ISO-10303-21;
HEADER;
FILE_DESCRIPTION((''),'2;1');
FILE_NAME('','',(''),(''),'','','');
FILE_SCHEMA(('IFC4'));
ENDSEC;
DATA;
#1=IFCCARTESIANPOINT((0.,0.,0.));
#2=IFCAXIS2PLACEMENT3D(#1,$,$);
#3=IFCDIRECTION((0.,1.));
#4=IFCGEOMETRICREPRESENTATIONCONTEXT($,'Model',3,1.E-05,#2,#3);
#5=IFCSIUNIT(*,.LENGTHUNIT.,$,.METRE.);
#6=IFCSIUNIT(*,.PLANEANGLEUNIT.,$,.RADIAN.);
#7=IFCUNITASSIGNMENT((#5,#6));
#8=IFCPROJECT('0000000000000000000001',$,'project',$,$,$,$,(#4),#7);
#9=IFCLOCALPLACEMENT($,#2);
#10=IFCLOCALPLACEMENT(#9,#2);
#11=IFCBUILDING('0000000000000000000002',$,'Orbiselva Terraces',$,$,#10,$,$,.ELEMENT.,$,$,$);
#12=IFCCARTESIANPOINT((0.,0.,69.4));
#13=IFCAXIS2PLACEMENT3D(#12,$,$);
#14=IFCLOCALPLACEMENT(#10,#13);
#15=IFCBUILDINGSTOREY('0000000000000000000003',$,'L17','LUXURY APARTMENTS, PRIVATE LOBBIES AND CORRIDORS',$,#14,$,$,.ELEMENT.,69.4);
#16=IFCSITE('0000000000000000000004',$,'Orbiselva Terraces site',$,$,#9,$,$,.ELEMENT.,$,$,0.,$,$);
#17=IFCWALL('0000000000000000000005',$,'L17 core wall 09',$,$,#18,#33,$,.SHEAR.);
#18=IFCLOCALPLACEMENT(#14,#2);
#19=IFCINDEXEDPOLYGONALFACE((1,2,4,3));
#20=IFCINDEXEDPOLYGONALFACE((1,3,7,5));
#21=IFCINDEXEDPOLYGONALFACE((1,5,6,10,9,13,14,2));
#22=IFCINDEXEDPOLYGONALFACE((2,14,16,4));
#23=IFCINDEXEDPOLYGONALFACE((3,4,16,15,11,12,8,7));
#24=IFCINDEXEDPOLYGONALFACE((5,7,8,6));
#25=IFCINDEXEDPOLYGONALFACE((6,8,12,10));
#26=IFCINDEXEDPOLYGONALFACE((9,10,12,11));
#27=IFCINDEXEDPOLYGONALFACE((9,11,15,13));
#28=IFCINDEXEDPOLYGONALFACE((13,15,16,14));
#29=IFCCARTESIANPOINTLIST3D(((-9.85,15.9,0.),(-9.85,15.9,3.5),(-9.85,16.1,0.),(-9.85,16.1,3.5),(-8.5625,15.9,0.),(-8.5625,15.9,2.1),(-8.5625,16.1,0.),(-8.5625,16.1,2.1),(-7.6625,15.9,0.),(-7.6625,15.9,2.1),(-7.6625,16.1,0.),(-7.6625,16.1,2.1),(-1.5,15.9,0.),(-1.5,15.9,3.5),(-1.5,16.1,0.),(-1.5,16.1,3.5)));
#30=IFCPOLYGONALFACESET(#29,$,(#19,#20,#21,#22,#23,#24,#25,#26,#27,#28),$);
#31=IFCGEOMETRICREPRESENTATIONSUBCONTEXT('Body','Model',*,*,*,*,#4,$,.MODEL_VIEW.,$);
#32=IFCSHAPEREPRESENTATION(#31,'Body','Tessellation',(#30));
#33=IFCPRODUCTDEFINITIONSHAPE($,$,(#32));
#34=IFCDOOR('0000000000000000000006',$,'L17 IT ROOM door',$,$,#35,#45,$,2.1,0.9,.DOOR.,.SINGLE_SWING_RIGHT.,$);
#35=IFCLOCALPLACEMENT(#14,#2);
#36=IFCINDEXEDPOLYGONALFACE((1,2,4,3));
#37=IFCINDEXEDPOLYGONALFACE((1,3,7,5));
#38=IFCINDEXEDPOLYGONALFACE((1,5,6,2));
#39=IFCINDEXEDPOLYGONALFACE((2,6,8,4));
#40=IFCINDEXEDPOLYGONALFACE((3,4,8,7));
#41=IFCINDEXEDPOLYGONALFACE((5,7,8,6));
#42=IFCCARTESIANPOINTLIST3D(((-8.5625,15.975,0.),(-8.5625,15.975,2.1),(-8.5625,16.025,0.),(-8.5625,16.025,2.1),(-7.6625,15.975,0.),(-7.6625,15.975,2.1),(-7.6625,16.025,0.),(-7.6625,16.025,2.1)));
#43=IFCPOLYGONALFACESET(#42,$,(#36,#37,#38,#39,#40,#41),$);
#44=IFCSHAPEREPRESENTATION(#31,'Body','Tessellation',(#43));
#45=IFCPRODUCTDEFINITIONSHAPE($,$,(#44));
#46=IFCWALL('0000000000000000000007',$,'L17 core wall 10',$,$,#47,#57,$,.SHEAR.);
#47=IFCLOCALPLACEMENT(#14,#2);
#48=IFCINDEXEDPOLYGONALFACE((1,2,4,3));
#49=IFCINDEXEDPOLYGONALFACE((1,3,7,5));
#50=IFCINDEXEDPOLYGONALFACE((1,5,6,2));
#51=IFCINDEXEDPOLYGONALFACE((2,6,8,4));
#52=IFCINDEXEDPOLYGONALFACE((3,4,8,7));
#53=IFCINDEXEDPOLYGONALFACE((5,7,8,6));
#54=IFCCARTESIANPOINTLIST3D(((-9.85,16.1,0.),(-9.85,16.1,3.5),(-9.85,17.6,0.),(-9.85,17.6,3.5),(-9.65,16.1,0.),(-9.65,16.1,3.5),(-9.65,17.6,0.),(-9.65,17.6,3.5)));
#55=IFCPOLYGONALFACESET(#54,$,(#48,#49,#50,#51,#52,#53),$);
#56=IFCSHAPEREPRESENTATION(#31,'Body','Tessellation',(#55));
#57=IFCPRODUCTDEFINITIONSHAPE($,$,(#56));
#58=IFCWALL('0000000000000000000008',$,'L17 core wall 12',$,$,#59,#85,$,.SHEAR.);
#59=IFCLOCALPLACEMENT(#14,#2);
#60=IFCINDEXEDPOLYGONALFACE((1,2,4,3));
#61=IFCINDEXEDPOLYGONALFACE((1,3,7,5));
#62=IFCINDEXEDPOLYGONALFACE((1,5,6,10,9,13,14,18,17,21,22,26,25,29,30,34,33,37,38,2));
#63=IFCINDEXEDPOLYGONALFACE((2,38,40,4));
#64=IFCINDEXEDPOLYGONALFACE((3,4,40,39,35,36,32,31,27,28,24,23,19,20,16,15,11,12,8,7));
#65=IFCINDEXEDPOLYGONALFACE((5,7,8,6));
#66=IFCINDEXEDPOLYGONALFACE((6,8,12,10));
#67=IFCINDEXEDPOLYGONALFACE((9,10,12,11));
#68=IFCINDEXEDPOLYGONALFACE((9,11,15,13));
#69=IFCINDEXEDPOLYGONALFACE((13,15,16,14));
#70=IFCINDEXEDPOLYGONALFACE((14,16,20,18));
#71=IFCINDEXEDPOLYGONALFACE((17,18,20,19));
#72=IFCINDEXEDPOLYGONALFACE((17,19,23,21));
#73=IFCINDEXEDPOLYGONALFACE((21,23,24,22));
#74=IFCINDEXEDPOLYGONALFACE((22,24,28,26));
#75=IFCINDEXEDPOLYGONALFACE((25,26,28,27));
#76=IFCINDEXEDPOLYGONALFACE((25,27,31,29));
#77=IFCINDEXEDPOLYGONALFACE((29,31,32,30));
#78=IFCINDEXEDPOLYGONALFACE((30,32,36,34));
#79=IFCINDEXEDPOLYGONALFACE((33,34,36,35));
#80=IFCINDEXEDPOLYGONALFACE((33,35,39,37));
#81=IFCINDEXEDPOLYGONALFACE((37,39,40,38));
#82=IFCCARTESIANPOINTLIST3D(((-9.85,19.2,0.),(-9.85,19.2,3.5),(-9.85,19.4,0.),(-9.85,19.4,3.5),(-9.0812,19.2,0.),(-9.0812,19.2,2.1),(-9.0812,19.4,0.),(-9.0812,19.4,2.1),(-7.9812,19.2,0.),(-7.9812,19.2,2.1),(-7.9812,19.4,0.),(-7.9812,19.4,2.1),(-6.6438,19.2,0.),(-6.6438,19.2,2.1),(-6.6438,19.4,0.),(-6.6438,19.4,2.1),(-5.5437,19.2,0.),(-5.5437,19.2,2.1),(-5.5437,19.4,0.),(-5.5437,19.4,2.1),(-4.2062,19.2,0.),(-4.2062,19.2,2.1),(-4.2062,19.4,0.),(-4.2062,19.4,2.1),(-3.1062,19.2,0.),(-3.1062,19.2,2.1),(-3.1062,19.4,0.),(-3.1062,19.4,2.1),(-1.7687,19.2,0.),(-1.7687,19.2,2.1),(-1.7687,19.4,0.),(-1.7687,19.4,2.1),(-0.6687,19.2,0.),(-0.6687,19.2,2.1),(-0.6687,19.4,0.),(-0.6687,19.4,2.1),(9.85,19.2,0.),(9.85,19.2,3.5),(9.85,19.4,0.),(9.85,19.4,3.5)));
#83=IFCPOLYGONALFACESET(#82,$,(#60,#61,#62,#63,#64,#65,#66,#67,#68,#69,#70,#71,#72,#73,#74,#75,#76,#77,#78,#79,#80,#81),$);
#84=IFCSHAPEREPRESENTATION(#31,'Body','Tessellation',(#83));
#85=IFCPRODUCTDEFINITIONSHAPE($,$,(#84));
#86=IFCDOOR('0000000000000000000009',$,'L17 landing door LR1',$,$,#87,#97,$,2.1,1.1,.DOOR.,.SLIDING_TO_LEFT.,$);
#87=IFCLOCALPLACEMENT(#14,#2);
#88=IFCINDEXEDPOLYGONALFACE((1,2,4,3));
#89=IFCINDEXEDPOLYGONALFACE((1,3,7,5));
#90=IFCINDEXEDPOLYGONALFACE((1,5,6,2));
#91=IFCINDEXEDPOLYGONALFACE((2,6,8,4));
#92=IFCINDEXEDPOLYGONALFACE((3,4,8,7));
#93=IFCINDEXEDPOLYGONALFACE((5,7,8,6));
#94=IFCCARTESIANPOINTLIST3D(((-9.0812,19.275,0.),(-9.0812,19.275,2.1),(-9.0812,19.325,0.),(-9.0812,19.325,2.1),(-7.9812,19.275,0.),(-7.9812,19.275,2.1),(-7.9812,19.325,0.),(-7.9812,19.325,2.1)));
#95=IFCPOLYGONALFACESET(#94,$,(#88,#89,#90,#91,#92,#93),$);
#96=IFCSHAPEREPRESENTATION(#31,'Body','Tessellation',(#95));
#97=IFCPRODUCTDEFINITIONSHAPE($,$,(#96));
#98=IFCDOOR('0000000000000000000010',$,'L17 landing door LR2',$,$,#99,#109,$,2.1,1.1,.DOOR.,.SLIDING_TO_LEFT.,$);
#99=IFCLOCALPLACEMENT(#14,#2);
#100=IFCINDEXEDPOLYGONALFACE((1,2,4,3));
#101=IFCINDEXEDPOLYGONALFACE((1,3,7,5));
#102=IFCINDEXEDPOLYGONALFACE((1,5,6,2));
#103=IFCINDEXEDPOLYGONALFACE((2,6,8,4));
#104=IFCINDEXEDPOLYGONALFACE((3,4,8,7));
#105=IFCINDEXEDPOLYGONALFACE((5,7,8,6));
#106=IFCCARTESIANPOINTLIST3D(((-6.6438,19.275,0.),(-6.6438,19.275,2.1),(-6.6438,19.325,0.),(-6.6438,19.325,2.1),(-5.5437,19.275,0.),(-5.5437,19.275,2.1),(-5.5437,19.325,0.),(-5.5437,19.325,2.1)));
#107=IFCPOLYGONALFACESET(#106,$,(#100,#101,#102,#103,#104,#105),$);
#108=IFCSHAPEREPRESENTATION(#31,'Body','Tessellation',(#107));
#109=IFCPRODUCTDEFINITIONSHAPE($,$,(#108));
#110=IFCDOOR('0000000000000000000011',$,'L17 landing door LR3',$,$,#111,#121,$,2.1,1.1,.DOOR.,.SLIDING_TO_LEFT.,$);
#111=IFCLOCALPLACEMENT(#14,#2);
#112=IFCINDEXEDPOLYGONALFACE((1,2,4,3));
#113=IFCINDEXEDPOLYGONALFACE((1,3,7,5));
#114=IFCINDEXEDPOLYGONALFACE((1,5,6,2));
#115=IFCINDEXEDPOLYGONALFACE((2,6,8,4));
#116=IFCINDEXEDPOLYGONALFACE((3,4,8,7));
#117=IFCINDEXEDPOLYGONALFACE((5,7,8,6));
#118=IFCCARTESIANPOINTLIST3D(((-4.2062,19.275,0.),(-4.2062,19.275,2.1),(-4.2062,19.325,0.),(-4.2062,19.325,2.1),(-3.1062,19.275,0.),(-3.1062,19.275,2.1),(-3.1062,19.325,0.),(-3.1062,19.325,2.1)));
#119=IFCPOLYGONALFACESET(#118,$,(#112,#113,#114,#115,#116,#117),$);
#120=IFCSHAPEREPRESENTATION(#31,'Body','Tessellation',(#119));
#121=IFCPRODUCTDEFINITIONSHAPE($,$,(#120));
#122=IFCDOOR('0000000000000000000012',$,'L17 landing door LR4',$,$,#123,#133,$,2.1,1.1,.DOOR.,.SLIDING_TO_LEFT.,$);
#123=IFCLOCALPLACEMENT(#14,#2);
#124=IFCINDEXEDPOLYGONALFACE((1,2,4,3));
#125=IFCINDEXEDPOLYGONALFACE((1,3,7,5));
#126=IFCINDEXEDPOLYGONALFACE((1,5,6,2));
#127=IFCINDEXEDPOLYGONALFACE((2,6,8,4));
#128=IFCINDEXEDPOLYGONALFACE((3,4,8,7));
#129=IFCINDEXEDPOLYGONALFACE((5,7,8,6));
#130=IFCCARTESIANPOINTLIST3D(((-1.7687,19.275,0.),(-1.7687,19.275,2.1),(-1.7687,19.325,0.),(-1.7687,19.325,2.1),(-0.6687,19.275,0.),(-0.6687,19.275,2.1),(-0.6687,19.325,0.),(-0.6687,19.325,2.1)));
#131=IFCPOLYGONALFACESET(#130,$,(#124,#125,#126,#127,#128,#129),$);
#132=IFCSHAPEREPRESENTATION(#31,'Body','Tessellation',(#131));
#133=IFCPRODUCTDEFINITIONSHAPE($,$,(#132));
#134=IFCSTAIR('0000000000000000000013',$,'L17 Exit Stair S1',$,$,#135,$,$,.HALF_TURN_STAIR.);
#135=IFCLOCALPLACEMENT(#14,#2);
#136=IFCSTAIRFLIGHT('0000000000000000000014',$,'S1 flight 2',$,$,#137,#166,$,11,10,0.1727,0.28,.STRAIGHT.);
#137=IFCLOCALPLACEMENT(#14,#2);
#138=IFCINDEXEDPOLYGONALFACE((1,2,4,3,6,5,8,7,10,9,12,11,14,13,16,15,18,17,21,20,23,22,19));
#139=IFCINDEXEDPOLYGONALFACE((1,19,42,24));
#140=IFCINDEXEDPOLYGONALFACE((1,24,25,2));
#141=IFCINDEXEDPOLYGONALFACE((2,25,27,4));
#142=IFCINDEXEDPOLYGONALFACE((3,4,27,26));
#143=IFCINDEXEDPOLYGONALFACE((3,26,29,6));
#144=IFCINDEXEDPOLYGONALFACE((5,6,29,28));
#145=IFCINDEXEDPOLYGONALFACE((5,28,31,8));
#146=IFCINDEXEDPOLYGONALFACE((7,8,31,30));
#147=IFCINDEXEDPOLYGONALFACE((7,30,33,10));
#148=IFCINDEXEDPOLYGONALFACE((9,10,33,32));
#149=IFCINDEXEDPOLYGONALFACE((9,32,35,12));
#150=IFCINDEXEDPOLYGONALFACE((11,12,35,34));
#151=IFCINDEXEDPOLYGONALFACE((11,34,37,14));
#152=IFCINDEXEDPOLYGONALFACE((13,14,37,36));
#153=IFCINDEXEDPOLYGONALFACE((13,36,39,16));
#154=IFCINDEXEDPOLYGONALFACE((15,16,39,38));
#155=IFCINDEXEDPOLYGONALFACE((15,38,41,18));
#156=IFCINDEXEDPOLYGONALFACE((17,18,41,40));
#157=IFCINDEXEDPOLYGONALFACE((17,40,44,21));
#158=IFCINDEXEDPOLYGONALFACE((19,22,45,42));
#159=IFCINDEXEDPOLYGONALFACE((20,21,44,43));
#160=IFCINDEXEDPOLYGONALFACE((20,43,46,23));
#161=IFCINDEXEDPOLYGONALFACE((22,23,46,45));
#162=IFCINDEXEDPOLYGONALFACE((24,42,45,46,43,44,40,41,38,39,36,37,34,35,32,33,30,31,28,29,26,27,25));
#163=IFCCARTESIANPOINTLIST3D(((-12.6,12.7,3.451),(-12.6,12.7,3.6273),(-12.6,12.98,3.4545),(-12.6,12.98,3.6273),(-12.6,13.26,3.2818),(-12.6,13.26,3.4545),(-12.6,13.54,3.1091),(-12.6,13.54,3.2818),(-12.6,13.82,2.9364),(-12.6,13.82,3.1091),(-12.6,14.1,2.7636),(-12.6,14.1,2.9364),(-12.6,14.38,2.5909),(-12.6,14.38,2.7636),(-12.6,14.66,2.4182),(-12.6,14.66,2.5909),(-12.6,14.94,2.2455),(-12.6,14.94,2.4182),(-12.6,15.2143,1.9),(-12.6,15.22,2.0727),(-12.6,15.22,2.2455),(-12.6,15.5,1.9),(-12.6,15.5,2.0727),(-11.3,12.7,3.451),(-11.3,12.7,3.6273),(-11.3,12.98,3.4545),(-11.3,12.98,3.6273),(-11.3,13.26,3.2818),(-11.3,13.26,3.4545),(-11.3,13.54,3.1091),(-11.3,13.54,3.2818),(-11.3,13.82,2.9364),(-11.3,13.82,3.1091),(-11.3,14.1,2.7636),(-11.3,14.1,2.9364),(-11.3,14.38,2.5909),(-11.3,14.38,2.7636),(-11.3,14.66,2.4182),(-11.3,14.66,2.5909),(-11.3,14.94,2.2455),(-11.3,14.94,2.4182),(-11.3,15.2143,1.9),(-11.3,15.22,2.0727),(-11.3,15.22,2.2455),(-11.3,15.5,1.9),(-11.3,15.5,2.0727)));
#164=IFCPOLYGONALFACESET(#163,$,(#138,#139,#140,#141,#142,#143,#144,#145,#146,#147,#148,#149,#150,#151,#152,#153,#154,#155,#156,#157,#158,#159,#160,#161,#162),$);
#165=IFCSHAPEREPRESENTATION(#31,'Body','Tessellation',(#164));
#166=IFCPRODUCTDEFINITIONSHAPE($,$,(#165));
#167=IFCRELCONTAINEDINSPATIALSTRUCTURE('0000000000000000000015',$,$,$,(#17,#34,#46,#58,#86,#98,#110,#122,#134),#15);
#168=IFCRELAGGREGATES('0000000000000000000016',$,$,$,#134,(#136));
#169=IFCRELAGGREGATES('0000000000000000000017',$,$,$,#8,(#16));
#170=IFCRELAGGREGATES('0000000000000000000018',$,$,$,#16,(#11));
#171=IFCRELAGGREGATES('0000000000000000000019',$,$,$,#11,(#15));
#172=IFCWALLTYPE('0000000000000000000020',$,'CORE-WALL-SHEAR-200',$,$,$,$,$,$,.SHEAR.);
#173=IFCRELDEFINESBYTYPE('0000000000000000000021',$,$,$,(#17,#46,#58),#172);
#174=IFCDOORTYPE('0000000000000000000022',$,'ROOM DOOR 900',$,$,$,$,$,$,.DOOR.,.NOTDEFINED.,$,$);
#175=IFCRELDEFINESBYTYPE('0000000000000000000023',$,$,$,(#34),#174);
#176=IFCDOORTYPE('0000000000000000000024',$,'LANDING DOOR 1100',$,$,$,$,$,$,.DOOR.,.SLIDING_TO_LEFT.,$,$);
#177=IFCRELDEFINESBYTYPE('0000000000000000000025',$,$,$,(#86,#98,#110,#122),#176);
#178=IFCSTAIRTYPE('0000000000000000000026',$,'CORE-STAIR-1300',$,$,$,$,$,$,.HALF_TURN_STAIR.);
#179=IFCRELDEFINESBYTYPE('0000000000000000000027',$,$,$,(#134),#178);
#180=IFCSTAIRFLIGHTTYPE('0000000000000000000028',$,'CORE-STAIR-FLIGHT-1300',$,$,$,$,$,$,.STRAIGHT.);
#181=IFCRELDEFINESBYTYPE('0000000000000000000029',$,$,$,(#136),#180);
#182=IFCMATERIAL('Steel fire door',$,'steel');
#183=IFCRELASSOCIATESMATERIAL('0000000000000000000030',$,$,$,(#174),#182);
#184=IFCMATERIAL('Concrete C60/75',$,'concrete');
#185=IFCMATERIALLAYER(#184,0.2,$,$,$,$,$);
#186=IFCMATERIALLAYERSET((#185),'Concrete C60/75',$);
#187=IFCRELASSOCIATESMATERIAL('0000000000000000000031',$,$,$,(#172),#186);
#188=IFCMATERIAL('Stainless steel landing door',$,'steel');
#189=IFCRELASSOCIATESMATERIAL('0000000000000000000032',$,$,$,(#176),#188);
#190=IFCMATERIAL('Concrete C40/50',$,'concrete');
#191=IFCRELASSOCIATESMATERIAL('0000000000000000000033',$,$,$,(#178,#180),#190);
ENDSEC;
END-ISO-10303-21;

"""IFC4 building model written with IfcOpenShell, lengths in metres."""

from ifc_helpers import new_model, si_unit, direction, frame, frame_2d, origin, place, context, subcontext, project, spatial, polyline, rectangle, outline, extrude, material, layer, layer_set, type_object, element, fill, aggregate, save


model = new_model("IFC4")

# Units and contexts
model_context = context("Model", 3, precision=1e-05, world=origin(), true_north=direction((0.0, 1.0)))
body_context = subcontext(model_context, "Body", "Model", "MODEL_VIEW")
ifc_project = project(units=[si_unit("LENGTHUNIT", "METRE"), si_unit("PLANEANGLEUNIT", "RADIAN")], contexts=[model_context])

# Site, building, storey
site_placement = place(None, origin())
site = spatial("IfcSite", under=ifc_project, at=site_placement, Name="Orbiselva Terraces site", CompositionType="ELEMENT", RefElevation=0.0)
building_placement = place(site_placement, origin())
building = spatial("IfcBuilding", under=site, at=building_placement, Name="Orbiselva Terraces", CompositionType="ELEMENT")
storey_placement = place(building_placement, frame((0.0, 0.0, 69.4)))
storey = spatial("IfcBuildingStorey", under=building, at=storey_placement, Name="L17", Description="LUXURY APARTMENTS, PRIVATE LOBBIES AND CORRIDORS", CompositionType="ELEMENT", Elevation=69.4)

# Shared definitions
ifc_material_1 = material(Name="Steel fire door", Category="steel")
door_type_1 = type_object("IfcDoorType", Name="ROOM DOOR 900", OperationType="NOTDEFINED", PredefinedType="DOOR", material=ifc_material_1)

# Shared definitions
ifc_material_2 = material(Name="Concrete C40/50", Category="concrete")
ifc_material_3 = material(Name="Concrete C60/75", Category="concrete")
ifc_layer_1 = layer(ifc_material_3, 0.2)
ifc_layer_set_1 = layer_set([ifc_layer_1], Name="Concrete C60/75")
wall_type_1 = type_object("IfcWallType", Name="CORE-WALL-SHEAR-200", PredefinedType="SHEAR", material=ifc_layer_set_1)

# Wall, opening, door
wall_1_placement = place(storey_placement, frame((-1.5, 16.0, 0.0), z_axis=(0.0, 0.0, 1.0), x_axis=(-1.0, 0.0, 0.0)))
wall_1 = element("IfcWall", 1, at=wall_1_placement, inside=storey, type_object=wall_type_1, Name="L17 core wall 09", PredefinedType="SHEAR", context=body_context, shape_type="SweptSolid", body=[
    extrude(rectangle(XDim=8.35, YDim=0.2, at=frame_2d((4.175, 0.0))), origin(), (0.0, 0.0, 1.0), 3.5),
])
opening_1_placement = place(wall_1_placement, frame((6.1625, 0.0, 0.0)))
opening_1 = element("IfcOpeningElement", 2, at=opening_1_placement, cuts=wall_1, PredefinedType="OPENING", context=body_context, shape_type="SweptSolid", body=[
    extrude(rectangle(XDim=0.9, YDim=2.1, at=frame_2d((0.45, 1.05))), frame((0.0, 0.11, 0.0), z_axis=(0.0, -1.0, 0.0), x_axis=(1.0, 0.0, 0.0)), (0.0, 0.0, 1.0), 0.22),
])
door_1_placement = place(opening_1_placement, origin())
door_1 = element("IfcDoor", 3, at=door_1_placement, inside=storey, type_object=door_type_1, Name="L17 IT ROOM door", OperationType="SINGLE_SWING_RIGHT", OverallHeight=2.1, OverallWidth=0.9, PredefinedType="DOOR", context=body_context, shape_type="SweptSolid", body=[
    extrude(rectangle(XDim=0.9, YDim=2.1, at=frame_2d((0.45, 1.05))), frame((0.0, 0.025, 0.0), z_axis=(0.0, -1.0, 0.0), x_axis=(1.0, 0.0, 0.0)), (0.0, 0.0, 1.0), 0.05),
])
fill(opening_1, door_1)

# Wall
wall_2_placement = place(storey_placement, frame((-9.75, 16.1, 0.0), z_axis=(0.0, 0.0, 1.0), x_axis=(0.0, 1.0, 0.0)))
element("IfcWall", 4, at=wall_2_placement, inside=storey, type_object=wall_type_1, Name="L17 core wall 10", PredefinedType="SHEAR", context=body_context, shape_type="SweptSolid", body=[
    extrude(rectangle(XDim=1.5, YDim=0.2, at=frame_2d((0.75, 0.0))), origin(), (0.0, 0.0, 1.0), 3.5),
])

# Wall, openings, doors
wall_3_placement = place(storey_placement, frame((-9.85, 19.3, 0.0), z_axis=(0.0, 0.0, 1.0), x_axis=(1.0, 0.0, 0.0)))
wall_3 = element("IfcWall", 5, at=wall_3_placement, inside=storey, type_object=wall_type_1, Name="L17 core wall 12", PredefinedType="SHEAR", context=body_context, shape_type="SweptSolid", body=[
    extrude(rectangle(XDim=19.7, YDim=0.2, at=frame_2d((9.85, 0.0))), origin(), (0.0, 0.0, 1.0), 3.5),
])
opening_2_placement = place(wall_3_placement, frame((0.7688, 0.0, 0.0)))
opening_2 = element("IfcOpeningElement", 6, at=opening_2_placement, cuts=wall_3, PredefinedType="OPENING", context=body_context, shape_type="SweptSolid", body=[
    extrude(rectangle(XDim=1.1, YDim=2.1, at=frame_2d((0.55, 1.05))), frame((0.0, 0.11, 0.0), z_axis=(0.0, -1.0, 0.0), x_axis=(1.0, 0.0, 0.0)), (0.0, 0.0, 1.0), 0.22),
])
opening_3_placement = place(wall_3_placement, frame((3.2062, 0.0, 0.0)))
opening_3 = element("IfcOpeningElement", 7, at=opening_3_placement, cuts=wall_3, PredefinedType="OPENING", context=body_context, shape_type="SweptSolid", body=[
    extrude(rectangle(XDim=1.1, YDim=2.1, at=frame_2d((0.55, 1.05))), frame((0.0, 0.11, 0.0), z_axis=(0.0, -1.0, 0.0), x_axis=(1.0, 0.0, 0.0)), (0.0, 0.0, 1.0), 0.22),
])
opening_4_placement = place(wall_3_placement, frame((5.6437, 0.0, 0.0)))
opening_4 = element("IfcOpeningElement", 8, at=opening_4_placement, cuts=wall_3, PredefinedType="OPENING", context=body_context, shape_type="SweptSolid", body=[
    extrude(rectangle(XDim=1.1, YDim=2.1, at=frame_2d((0.55, 1.05))), frame((0.0, 0.11, 0.0), z_axis=(0.0, -1.0, 0.0), x_axis=(1.0, 0.0, 0.0)), (0.0, 0.0, 1.0), 0.22),
])
opening_5_placement = place(wall_3_placement, frame((8.0813, 0.0, 0.0)))
opening_5 = element("IfcOpeningElement", 9, at=opening_5_placement, cuts=wall_3, PredefinedType="OPENING", context=body_context, shape_type="SweptSolid", body=[
    extrude(rectangle(XDim=1.1, YDim=2.1, at=frame_2d((0.55, 1.05))), frame((0.0, 0.11, 0.0), z_axis=(0.0, -1.0, 0.0), x_axis=(1.0, 0.0, 0.0)), (0.0, 0.0, 1.0), 0.22),
])
ifc_material_4 = material(Name="Stainless steel landing door", Category="steel")
door_type_2 = type_object("IfcDoorType", Name="LANDING DOOR 1100", OperationType="SLIDING_TO_LEFT", PredefinedType="DOOR", material=ifc_material_4)
door_2_placement = place(opening_2_placement, origin())
door_2 = element("IfcDoor", 10, at=door_2_placement, inside=storey, type_object=door_type_2, Name="L17 landing door LR1", OperationType="SLIDING_TO_LEFT", OverallHeight=2.1, OverallWidth=1.1, PredefinedType="DOOR", context=body_context, shape_type="SweptSolid", body=[
    extrude(rectangle(XDim=1.1, YDim=2.1, at=frame_2d((0.55, 1.05))), frame((0.0, 0.025, 0.0), z_axis=(0.0, -1.0, 0.0), x_axis=(1.0, 0.0, 0.0)), (0.0, 0.0, 1.0), 0.05),
])
fill(opening_2, door_2)
door_3_placement = place(opening_3_placement, origin())
door_3 = element("IfcDoor", 11, at=door_3_placement, inside=storey, type_object=door_type_2, Name="L17 landing door LR2", OperationType="SLIDING_TO_LEFT", OverallHeight=2.1, OverallWidth=1.1, PredefinedType="DOOR", context=body_context, shape_type="SweptSolid", body=[
    extrude(rectangle(XDim=1.1, YDim=2.1, at=frame_2d((0.55, 1.05))), frame((0.0, 0.025, 0.0), z_axis=(0.0, -1.0, 0.0), x_axis=(1.0, 0.0, 0.0)), (0.0, 0.0, 1.0), 0.05),
])
fill(opening_3, door_3)
door_4_placement = place(opening_4_placement, origin())
door_4 = element("IfcDoor", 12, at=door_4_placement, inside=storey, type_object=door_type_2, Name="L17 landing door LR3", OperationType="SLIDING_TO_LEFT", OverallHeight=2.1, OverallWidth=1.1, PredefinedType="DOOR", context=body_context, shape_type="SweptSolid", body=[
    extrude(rectangle(XDim=1.1, YDim=2.1, at=frame_2d((0.55, 1.05))), frame((0.0, 0.025, 0.0), z_axis=(0.0, -1.0, 0.0), x_axis=(1.0, 0.0, 0.0)), (0.0, 0.0, 1.0), 0.05),
])
fill(opening_4, door_4)
door_5_placement = place(opening_5_placement, origin())
door_5 = element("IfcDoor", 13, at=door_5_placement, inside=storey, type_object=door_type_2, Name="L17 landing door LR4", OperationType="SLIDING_TO_LEFT", OverallHeight=2.1, OverallWidth=1.1, PredefinedType="DOOR", context=body_context, shape_type="SweptSolid", body=[
    extrude(rectangle(XDim=1.1, YDim=2.1, at=frame_2d((0.55, 1.05))), frame((0.0, 0.025, 0.0), z_axis=(0.0, -1.0, 0.0), x_axis=(1.0, 0.0, 0.0)), (0.0, 0.0, 1.0), 0.05),
])
fill(opening_5, door_5)

# Stair, stair flight
stair_type = type_object("IfcStairType", Name="CORE-STAIR-1300", PredefinedType="HALF_TURN_STAIR", material=ifc_material_2)
stair_placement = place(storey_placement, origin())
stair = element("IfcStair", 14, at=stair_placement, inside=storey, type_object=stair_type, Name="L17 Exit Stair S1", PredefinedType="HALF_TURN_STAIR")
stair_flight_type = type_object("IfcStairFlightType", Name="CORE-STAIR-FLIGHT-1300", PredefinedType="STRAIGHT", material=ifc_material_2)
stair_flight_placement = place(storey_placement, frame((-11.95, 15.5, 1.9), z_axis=(0.0, 0.0, 1.0), x_axis=(0.0, -1.0, 0.0)))
stair_flight = element("IfcStairFlight", 15, at=stair_flight_placement, type_object=stair_flight_type, Name="S1 flight 2", NumberOfRisers=11, NumberOfTreads=10, PredefinedType="STRAIGHT", RiserHeight=0.1727, TreadLength=0.28, context=body_context, shape_type="SweptSolid", body=[
    extrude(outline(polyline([(0.0, 0.0), (0.0, 0.1727), (0.28, 0.1727), (0.28, 0.3455), (0.56, 0.3455), (0.56, 0.5182), (0.84, 0.5182), (0.84, 0.6909), (1.12, 0.6909), (1.12, 0.8636), (1.4, 0.8636), (1.4, 1.0364), (1.68, 1.0364), (1.68, 1.2091), (1.96, 1.2091), (1.96, 1.3818), (2.24, 1.3818), (2.24, 1.5545), (2.52, 1.5545), (2.52, 1.7273), (2.8, 1.7273), (2.8, 1.9), (2.8, 1.551), (0.2857, 0.0), (0.0, 0.0)])), frame((0.0, 0.65, 0.0), z_axis=(0.0, -1.0, 0.0), x_axis=(1.0, 0.0, 0.0)), (0.0, 0.0, 1.0), 1.3),
])
aggregate(stair, [stair_flight])

save(model, "model.ifc")
